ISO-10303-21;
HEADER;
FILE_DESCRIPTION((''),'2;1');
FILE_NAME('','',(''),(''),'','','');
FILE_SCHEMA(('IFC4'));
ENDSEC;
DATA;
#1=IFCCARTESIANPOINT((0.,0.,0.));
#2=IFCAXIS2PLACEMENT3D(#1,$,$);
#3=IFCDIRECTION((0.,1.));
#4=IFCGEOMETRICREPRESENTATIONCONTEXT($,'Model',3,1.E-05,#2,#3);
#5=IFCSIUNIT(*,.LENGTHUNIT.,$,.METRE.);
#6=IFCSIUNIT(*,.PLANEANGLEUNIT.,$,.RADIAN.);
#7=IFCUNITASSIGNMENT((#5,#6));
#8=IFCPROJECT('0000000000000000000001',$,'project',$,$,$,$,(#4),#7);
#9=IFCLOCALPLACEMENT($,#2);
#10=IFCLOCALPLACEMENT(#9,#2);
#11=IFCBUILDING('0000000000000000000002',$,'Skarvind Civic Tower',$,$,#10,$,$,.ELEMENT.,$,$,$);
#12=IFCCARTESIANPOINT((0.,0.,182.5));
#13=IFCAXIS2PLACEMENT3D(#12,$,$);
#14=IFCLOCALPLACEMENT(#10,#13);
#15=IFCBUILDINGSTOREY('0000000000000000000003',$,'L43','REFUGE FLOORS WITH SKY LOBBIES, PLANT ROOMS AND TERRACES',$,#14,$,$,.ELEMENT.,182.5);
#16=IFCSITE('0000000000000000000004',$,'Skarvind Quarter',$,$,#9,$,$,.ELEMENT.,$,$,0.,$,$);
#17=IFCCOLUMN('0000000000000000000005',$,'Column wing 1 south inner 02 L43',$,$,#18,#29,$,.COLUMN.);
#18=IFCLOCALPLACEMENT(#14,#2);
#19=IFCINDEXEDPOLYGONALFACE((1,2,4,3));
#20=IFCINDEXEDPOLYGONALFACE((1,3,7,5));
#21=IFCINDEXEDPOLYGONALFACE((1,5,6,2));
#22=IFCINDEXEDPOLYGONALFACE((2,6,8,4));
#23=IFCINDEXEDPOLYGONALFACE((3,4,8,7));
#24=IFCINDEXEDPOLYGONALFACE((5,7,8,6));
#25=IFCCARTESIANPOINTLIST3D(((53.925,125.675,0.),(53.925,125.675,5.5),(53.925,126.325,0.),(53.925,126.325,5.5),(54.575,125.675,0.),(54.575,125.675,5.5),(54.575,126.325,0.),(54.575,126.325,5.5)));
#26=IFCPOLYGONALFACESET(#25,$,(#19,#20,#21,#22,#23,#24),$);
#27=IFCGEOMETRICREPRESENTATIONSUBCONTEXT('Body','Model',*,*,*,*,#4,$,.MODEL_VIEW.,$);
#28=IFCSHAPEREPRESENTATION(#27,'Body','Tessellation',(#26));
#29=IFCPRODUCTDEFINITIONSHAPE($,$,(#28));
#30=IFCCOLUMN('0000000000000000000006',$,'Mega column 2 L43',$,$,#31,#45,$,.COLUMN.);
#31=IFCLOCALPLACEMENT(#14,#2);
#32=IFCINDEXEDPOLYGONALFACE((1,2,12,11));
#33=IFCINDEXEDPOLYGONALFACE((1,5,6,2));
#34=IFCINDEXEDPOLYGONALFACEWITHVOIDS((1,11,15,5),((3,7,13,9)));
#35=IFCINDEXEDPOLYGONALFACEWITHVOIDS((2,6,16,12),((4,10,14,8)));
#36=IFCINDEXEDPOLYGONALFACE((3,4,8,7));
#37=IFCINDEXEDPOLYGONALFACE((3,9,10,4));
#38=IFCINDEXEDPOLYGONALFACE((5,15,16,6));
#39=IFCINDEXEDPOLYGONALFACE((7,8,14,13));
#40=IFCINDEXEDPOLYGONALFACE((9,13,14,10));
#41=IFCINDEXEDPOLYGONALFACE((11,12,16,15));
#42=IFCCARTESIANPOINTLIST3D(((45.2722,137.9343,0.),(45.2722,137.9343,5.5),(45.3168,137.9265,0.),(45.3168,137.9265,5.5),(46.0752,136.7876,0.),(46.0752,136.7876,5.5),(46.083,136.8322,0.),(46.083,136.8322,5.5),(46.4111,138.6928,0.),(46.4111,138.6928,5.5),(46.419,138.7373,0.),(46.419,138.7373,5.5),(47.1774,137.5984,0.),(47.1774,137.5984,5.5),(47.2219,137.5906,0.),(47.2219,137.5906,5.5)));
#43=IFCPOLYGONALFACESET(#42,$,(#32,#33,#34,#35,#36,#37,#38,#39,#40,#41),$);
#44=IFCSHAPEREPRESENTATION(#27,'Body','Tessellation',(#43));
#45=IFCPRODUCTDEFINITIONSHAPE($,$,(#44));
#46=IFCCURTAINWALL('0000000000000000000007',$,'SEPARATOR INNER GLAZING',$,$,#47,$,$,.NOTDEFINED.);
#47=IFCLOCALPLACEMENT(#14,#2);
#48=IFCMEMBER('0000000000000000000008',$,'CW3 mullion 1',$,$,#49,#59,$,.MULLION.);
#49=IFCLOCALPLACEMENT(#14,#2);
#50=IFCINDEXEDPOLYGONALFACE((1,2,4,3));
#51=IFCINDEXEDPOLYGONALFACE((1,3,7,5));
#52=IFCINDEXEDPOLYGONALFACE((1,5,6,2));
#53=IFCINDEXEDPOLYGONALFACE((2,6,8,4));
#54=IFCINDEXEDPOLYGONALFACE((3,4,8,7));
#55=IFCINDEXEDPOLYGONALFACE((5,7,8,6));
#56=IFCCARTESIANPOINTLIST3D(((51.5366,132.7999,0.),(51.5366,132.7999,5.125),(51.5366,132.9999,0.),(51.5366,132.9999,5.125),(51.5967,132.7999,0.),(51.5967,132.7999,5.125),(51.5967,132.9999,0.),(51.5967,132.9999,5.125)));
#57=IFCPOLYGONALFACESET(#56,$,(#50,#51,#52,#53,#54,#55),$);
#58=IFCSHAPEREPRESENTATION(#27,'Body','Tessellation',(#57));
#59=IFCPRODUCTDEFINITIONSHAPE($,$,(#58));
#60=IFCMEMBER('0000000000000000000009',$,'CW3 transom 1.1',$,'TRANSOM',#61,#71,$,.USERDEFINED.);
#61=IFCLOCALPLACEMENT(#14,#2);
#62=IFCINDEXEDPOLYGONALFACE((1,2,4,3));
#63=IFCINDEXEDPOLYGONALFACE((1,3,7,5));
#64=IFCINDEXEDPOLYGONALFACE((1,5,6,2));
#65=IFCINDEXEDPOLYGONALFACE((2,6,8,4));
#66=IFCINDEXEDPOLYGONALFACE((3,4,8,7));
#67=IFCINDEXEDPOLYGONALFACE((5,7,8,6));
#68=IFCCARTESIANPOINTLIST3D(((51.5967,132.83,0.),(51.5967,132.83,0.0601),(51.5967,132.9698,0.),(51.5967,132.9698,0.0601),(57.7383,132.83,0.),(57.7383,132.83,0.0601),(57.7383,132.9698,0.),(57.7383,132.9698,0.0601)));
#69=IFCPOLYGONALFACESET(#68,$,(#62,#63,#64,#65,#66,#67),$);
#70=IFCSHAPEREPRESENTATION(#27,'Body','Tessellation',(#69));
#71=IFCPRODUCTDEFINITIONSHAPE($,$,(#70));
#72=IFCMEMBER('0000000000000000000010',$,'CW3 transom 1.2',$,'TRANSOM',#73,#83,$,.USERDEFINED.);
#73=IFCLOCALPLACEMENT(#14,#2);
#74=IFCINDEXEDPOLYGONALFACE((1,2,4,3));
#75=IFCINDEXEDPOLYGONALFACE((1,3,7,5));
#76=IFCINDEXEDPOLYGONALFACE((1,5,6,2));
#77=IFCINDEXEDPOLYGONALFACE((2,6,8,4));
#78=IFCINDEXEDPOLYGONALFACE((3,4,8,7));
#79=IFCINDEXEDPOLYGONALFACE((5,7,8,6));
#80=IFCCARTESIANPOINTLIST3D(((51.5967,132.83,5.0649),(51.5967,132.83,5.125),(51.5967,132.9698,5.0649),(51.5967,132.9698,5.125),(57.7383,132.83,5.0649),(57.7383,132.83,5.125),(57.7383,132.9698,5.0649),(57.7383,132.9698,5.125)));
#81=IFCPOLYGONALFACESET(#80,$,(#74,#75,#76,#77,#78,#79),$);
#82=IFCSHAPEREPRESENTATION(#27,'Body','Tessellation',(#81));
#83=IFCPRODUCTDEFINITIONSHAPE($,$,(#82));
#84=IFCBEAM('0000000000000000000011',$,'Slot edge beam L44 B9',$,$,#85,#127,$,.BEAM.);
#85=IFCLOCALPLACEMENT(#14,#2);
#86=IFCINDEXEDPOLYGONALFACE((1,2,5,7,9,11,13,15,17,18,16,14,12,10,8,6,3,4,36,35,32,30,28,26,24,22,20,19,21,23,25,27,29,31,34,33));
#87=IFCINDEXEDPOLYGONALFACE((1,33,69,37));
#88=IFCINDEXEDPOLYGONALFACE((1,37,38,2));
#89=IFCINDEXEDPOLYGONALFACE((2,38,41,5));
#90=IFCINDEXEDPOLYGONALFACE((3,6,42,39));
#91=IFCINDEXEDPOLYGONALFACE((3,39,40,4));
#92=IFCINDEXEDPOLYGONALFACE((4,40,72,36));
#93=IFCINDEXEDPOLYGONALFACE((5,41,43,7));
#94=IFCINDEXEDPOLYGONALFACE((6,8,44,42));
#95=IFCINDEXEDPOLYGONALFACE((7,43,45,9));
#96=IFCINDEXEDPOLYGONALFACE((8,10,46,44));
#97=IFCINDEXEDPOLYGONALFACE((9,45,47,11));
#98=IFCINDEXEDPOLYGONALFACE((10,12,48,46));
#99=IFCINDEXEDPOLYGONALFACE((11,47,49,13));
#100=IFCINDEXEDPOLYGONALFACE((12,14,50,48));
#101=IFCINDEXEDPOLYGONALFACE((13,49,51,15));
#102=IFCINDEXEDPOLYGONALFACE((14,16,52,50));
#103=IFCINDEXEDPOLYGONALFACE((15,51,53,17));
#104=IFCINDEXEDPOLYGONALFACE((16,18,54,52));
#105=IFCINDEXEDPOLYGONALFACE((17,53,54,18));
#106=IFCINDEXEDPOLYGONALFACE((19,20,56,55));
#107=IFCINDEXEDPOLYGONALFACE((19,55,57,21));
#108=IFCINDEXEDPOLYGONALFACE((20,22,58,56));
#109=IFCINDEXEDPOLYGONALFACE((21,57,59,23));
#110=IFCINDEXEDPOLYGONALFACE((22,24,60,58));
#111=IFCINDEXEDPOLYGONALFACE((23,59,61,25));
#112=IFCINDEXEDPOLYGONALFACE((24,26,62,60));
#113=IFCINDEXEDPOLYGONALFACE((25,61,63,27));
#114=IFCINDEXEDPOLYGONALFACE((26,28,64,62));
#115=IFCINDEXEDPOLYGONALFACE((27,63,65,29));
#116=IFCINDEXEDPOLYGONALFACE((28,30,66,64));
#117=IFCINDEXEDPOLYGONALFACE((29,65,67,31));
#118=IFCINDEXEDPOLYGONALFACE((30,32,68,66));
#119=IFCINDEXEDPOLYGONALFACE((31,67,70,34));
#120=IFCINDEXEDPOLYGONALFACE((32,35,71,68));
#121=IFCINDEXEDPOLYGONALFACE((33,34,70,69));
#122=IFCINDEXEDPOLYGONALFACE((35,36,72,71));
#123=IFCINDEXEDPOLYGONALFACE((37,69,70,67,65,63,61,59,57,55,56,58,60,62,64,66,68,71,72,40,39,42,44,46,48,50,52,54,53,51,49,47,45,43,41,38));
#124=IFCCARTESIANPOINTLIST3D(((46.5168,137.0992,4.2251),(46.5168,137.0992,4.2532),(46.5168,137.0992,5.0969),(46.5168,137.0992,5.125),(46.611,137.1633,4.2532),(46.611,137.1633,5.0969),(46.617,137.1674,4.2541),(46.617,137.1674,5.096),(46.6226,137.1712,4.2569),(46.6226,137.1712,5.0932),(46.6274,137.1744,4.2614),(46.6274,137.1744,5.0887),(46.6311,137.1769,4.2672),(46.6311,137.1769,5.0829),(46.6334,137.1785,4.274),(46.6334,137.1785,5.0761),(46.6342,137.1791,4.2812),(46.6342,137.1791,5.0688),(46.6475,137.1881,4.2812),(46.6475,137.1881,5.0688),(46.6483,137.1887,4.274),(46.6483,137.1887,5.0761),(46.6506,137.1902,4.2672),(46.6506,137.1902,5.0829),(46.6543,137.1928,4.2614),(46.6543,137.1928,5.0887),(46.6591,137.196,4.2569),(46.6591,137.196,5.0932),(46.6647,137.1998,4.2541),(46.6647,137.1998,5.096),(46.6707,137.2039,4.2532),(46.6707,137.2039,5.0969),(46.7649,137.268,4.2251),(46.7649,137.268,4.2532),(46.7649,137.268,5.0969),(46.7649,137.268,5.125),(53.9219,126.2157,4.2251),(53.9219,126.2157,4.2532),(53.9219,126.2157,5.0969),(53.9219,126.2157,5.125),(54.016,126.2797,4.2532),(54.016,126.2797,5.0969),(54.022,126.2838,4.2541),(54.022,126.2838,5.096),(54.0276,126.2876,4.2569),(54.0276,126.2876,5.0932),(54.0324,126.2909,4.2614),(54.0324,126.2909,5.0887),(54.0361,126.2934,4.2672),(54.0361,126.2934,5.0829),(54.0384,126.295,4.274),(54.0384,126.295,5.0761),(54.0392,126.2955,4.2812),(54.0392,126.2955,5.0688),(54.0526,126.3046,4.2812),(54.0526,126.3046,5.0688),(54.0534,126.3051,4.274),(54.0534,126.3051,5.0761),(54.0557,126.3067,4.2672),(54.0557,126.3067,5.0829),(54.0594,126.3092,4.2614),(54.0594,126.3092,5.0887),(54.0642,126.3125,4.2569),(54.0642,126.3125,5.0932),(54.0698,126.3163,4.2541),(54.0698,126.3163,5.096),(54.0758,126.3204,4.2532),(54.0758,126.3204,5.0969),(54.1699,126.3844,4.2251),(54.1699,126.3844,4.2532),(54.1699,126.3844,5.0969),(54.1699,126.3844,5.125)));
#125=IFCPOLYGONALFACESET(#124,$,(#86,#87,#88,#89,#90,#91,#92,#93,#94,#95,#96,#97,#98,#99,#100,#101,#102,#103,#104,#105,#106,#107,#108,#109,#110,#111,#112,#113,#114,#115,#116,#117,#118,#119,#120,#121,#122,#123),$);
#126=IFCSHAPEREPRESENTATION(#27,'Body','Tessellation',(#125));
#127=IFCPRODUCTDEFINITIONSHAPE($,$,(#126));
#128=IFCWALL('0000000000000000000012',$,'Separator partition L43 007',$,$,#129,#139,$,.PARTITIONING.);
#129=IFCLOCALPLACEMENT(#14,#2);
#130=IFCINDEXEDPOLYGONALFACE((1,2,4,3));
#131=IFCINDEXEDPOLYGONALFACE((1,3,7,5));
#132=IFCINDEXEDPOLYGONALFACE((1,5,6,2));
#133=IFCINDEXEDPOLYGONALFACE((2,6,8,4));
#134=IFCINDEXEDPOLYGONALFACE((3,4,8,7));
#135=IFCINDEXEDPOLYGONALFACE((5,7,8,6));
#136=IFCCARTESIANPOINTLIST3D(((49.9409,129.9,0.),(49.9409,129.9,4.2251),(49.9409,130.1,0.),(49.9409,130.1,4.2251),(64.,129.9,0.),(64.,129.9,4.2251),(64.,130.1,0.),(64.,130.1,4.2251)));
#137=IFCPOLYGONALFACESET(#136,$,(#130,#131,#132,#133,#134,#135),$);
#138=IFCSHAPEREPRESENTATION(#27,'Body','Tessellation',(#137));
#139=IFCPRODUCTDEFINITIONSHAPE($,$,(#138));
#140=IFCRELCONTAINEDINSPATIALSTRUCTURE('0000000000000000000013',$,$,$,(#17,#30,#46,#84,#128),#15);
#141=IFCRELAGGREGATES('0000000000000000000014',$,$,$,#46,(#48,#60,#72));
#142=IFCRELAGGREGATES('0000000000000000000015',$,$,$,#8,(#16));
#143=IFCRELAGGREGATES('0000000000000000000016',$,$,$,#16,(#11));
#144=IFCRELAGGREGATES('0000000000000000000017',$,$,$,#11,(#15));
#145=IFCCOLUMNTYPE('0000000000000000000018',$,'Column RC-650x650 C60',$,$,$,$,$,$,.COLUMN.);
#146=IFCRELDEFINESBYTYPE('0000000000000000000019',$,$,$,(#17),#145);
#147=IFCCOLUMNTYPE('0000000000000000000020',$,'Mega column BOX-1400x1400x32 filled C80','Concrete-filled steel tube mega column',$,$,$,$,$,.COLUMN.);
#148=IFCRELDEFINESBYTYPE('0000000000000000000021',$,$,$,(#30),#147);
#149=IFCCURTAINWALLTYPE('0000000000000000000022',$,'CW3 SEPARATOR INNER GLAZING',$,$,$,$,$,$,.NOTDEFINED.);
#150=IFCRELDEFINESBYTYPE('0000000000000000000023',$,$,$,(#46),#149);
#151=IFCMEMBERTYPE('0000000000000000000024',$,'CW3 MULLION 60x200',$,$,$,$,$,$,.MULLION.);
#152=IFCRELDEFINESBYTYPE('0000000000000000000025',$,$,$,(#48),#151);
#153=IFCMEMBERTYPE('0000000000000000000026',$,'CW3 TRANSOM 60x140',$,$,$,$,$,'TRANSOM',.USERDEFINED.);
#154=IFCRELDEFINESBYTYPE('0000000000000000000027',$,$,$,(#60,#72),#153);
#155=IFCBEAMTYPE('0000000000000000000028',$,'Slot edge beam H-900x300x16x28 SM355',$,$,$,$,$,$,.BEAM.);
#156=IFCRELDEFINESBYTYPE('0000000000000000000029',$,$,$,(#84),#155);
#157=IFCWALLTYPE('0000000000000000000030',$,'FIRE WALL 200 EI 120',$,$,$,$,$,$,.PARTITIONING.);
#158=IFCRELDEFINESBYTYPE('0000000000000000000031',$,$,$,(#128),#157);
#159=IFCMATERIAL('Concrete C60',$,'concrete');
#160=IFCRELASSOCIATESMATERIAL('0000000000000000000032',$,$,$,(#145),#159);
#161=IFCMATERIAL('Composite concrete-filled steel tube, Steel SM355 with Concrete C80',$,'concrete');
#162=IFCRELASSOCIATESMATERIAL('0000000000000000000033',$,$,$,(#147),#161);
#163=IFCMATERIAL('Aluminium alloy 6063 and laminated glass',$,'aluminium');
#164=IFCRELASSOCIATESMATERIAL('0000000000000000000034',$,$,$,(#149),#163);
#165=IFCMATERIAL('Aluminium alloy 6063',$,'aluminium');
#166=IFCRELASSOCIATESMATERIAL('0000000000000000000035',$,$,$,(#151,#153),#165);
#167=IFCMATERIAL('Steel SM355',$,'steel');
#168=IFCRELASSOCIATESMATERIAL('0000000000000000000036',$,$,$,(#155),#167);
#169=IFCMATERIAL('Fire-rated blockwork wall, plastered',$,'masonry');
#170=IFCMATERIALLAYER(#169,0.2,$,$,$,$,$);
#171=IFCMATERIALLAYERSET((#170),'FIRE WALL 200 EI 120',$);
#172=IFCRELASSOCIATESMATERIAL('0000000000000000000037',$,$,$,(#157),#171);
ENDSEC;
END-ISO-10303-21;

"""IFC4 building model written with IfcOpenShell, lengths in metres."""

from ifc_helpers import new_model, si_unit, direction, frame, frame_2d, origin, origin_2d, place, context, subcontext, project, spatial, rectangle, hollow_rectangle, i_section, extrude, material, layer, layer_set, material_profile, profile_set, type_object, element, aggregate, save


model = new_model("IFC4")

# Units and contexts
model_context = context("Model", 3, precision=1e-05, world=origin(), true_north=direction((0.0, 1.0)))
body_context = subcontext(model_context, "Body", "Model", "MODEL_VIEW")
ifc_project = project(units=[si_unit("LENGTHUNIT", "METRE"), si_unit("PLANEANGLEUNIT", "RADIAN")], contexts=[model_context])

# Site, building, storey
site_placement = place(None, origin())
site = spatial("IfcSite", under=ifc_project, at=site_placement, Name="Skarvind Quarter", CompositionType="ELEMENT", RefElevation=0.0)
building_placement = place(site_placement, origin())
building = spatial("IfcBuilding", under=site, at=building_placement, Name="Skarvind Civic Tower", CompositionType="ELEMENT")
storey_placement = place(building_placement, frame((0.0, 0.0, 182.5)))
storey = spatial("IfcBuildingStorey", under=building, at=storey_placement, Name="L43", Description="REFUGE FLOORS WITH SKY LOBBIES, PLANT ROOMS AND TERRACES", CompositionType="ELEMENT", Elevation=182.5)

# Columns
ifc_material_1 = material(Name="Concrete C60", Category="concrete")
ifc_material_profile_1 = material_profile(ifc_material_1, rectangle(XDim=0.6499, YDim=0.6499, at=origin_2d()), Name="RC-650x650")
ifc_profile_set_1 = profile_set([ifc_material_profile_1], Name="Concrete C60")
column_type_1 = type_object("IfcColumnType", Name="Column RC-650x650 C60", PredefinedType="COLUMN", material=ifc_profile_set_1)
column_1_placement = place(storey_placement, frame((54.25, 126.0, 0.0), z_axis=(0.0, 0.0, 1.0), x_axis=(1.0, 0.0, 0.0)))
element("IfcColumn", 1, at=column_1_placement, inside=storey, type_object=column_type_1, Name="Column wing 1 south inner 02 L43", PredefinedType="COLUMN", context=body_context, shape_type="SweptSolid", body=[
    extrude(rectangle(XDim=0.6499, YDim=0.6499, at=origin_2d()), origin(), (0.0, 0.0, 1.0), 5.5),
])
ifc_material_2 = material(Name="Composite concrete-filled steel tube, Steel SM355 with Concrete C80", Category="concrete")
ifc_material_profile_2 = material_profile(ifc_material_2, hollow_rectangle(XDim=1.3999, YDim=1.3999, WallThickness=0.032, at=origin_2d()), Name="BOX-1400x1400x32")
ifc_profile_set_2 = profile_set([ifc_material_profile_2], Name="Composite concrete-filled steel tube, Steel SM355 with Concrete C80")
column_type_2 = type_object("IfcColumnType", Name="Mega column BOX-1400x1400x32 filled C80", Description="Concrete-filled steel tube mega column", PredefinedType="COLUMN", material=ifc_profile_set_2)
column_2_placement = place(storey_placement, frame((46.2471, 137.7625, 0.0), z_axis=(0.0, 0.0, 1.0), x_axis=(0.573576, -0.819152, 0.0)))
element("IfcColumn", 2, at=column_2_placement, inside=storey, type_object=column_type_2, Name="Mega column 2 L43", PredefinedType="COLUMN", context=body_context, shape_type="SweptSolid", body=[
    extrude(hollow_rectangle(XDim=1.3999, YDim=1.3999, WallThickness=0.032, at=origin_2d()), origin(), (0.0, 0.0, 1.0), 5.5),
])

# Curtain wall, members
ifc_material_3 = material(Name="Aluminium alloy 6063 and laminated glass", Category="aluminium")
curtain_wall_type = type_object("IfcCurtainWallType", Name="CW3 SEPARATOR INNER GLAZING", PredefinedType="NOTDEFINED", material=ifc_material_3)
curtain_wall_placement = place(storey_placement, origin())
curtain_wall = element("IfcCurtainWall", 3, at=curtain_wall_placement, inside=storey, type_object=curtain_wall_type, Name="SEPARATOR INNER GLAZING", PredefinedType="NOTDEFINED")
ifc_material_4 = material(Name="Aluminium alloy 6063", Category="aluminium")
ifc_material_profile_3 = material_profile(ifc_material_4, rectangle(XDim=0.2, YDim=0.0601, at=origin_2d()), Name="AL 60x200")
ifc_profile_set_3 = profile_set([ifc_material_profile_3], Name="Aluminium alloy 6063")
member_type_1 = type_object("IfcMemberType", Name="CW3 MULLION 60x200", PredefinedType="MULLION", material=ifc_profile_set_3)
member_1_placement = place(storey_placement, frame((51.5667, 132.8999, 0.0), z_axis=(0.0, 0.0, 1.0), x_axis=(0.0, 1.0, 0.0)))
member_1 = element("IfcMember", 4, at=member_1_placement, type_object=member_type_1, Name="CW3 mullion 1", PredefinedType="MULLION", context=body_context, shape_type="SweptSolid", body=[
    extrude(rectangle(XDim=0.2, YDim=0.0601, at=origin_2d()), origin(), (0.0, 0.0, 1.0), 5.125),
])
ifc_material_profile_4 = material_profile(ifc_material_4, rectangle(XDim=0.1399, YDim=0.0601, at=origin_2d()), Name="AL 60x140")
ifc_profile_set_4 = profile_set([ifc_material_profile_4], Name="Aluminium alloy 6063")
member_type_2 = type_object("IfcMemberType", Name="CW3 TRANSOM 60x140", ElementType="TRANSOM", PredefinedType="USERDEFINED", material=ifc_profile_set_4)
member_2_placement = place(storey_placement, frame((51.5967, 132.8999, 0.03), z_axis=(1.0, 0.0, 0.0), x_axis=(0.0, 1.0, 0.0)))
member_2 = element("IfcMember", 5, at=member_2_placement, type_object=member_type_2, Name="CW3 transom 1.1", ObjectType="TRANSOM", PredefinedType="USERDEFINED", context=body_context, shape_type="SweptSolid", body=[
    extrude(rectangle(XDim=0.1399, YDim=0.0601, at=origin_2d()), origin(), (0.0, 0.0, 1.0), 6.1416),
])
member_3_placement = place(storey_placement, frame((51.5967, 132.8999, 5.095), z_axis=(1.0, 0.0, 0.0), x_axis=(0.0, 1.0, 0.0)))
member_3 = element("IfcMember", 6, at=member_3_placement, type_object=member_type_2, Name="CW3 transom 1.2", ObjectType="TRANSOM", PredefinedType="USERDEFINED", context=body_context, shape_type="SweptSolid", body=[
    extrude(rectangle(XDim=0.1399, YDim=0.0601, at=origin_2d()), origin(), (0.0, 0.0, 1.0), 6.1416),
])
aggregate(curtain_wall, [member_1, member_2, member_3])

# Beam
ifc_material_5 = material(Name="Steel SM355", Category="steel")
ifc_material_profile_5 = material_profile(ifc_material_5, i_section(OverallWidth=0.3, OverallDepth=0.8999, WebThickness=0.0161, FlangeThickness=0.0281, FilletRadius=0.0281, at=origin_2d()), Name="H-900x300x16x28")
ifc_profile_set_5 = profile_set([ifc_material_profile_5], Name="Steel SM355")
beam_type = type_object("IfcBeamType", Name="Slot edge beam H-900x300x16x28 SM355", PredefinedType="BEAM", material=ifc_profile_set_5)
beam_placement = place(storey_placement, frame((54.0459, 126.3, 4.675), z_axis=(-0.562529, 0.826777, 0.0), x_axis=(-0.826777, -0.562529, 0.0)))
element("IfcBeam", 7, at=beam_placement, inside=storey, type_object=beam_type, Name="Slot edge beam L44 B9", PredefinedType="BEAM", context=body_context, shape_type="SweptSolid", body=[
    extrude(i_section(OverallWidth=0.3, OverallDepth=0.8999, WebThickness=0.0161, FlangeThickness=0.0281, FilletRadius=0.0281, at=origin_2d()), origin(), (0.0, 0.0, 1.0), 13.1638),
])

# Wall
ifc_material_6 = material(Name="Fire-rated blockwork wall, plastered", Category="masonry")
ifc_layer_1 = layer(ifc_material_6, 0.2)
ifc_layer_set_1 = layer_set([ifc_layer_1], Name="FIRE WALL 200 EI 120")
wall_type_1 = type_object("IfcWallType", Name="FIRE WALL 200 EI 120", PredefinedType="PARTITIONING", material=ifc_layer_set_1)
wall_1_placement = place(storey_placement, frame((49.9409, 130.0, 0.0), z_axis=(0.0, 0.0, 1.0), x_axis=(1.0, 0.0, 0.0)))
element("IfcWall", 8, at=wall_1_placement, inside=storey, type_object=wall_type_1, Name="Separator partition L43 007", PredefinedType="PARTITIONING", context=body_context, shape_type="SweptSolid", body=[
    extrude(rectangle(XDim=14.0591, YDim=0.2, at=frame_2d((7.0295, 0.0))), origin(), (0.0, 0.0, 1.0), 4.2251),
])

save(model, "model.ifc")
